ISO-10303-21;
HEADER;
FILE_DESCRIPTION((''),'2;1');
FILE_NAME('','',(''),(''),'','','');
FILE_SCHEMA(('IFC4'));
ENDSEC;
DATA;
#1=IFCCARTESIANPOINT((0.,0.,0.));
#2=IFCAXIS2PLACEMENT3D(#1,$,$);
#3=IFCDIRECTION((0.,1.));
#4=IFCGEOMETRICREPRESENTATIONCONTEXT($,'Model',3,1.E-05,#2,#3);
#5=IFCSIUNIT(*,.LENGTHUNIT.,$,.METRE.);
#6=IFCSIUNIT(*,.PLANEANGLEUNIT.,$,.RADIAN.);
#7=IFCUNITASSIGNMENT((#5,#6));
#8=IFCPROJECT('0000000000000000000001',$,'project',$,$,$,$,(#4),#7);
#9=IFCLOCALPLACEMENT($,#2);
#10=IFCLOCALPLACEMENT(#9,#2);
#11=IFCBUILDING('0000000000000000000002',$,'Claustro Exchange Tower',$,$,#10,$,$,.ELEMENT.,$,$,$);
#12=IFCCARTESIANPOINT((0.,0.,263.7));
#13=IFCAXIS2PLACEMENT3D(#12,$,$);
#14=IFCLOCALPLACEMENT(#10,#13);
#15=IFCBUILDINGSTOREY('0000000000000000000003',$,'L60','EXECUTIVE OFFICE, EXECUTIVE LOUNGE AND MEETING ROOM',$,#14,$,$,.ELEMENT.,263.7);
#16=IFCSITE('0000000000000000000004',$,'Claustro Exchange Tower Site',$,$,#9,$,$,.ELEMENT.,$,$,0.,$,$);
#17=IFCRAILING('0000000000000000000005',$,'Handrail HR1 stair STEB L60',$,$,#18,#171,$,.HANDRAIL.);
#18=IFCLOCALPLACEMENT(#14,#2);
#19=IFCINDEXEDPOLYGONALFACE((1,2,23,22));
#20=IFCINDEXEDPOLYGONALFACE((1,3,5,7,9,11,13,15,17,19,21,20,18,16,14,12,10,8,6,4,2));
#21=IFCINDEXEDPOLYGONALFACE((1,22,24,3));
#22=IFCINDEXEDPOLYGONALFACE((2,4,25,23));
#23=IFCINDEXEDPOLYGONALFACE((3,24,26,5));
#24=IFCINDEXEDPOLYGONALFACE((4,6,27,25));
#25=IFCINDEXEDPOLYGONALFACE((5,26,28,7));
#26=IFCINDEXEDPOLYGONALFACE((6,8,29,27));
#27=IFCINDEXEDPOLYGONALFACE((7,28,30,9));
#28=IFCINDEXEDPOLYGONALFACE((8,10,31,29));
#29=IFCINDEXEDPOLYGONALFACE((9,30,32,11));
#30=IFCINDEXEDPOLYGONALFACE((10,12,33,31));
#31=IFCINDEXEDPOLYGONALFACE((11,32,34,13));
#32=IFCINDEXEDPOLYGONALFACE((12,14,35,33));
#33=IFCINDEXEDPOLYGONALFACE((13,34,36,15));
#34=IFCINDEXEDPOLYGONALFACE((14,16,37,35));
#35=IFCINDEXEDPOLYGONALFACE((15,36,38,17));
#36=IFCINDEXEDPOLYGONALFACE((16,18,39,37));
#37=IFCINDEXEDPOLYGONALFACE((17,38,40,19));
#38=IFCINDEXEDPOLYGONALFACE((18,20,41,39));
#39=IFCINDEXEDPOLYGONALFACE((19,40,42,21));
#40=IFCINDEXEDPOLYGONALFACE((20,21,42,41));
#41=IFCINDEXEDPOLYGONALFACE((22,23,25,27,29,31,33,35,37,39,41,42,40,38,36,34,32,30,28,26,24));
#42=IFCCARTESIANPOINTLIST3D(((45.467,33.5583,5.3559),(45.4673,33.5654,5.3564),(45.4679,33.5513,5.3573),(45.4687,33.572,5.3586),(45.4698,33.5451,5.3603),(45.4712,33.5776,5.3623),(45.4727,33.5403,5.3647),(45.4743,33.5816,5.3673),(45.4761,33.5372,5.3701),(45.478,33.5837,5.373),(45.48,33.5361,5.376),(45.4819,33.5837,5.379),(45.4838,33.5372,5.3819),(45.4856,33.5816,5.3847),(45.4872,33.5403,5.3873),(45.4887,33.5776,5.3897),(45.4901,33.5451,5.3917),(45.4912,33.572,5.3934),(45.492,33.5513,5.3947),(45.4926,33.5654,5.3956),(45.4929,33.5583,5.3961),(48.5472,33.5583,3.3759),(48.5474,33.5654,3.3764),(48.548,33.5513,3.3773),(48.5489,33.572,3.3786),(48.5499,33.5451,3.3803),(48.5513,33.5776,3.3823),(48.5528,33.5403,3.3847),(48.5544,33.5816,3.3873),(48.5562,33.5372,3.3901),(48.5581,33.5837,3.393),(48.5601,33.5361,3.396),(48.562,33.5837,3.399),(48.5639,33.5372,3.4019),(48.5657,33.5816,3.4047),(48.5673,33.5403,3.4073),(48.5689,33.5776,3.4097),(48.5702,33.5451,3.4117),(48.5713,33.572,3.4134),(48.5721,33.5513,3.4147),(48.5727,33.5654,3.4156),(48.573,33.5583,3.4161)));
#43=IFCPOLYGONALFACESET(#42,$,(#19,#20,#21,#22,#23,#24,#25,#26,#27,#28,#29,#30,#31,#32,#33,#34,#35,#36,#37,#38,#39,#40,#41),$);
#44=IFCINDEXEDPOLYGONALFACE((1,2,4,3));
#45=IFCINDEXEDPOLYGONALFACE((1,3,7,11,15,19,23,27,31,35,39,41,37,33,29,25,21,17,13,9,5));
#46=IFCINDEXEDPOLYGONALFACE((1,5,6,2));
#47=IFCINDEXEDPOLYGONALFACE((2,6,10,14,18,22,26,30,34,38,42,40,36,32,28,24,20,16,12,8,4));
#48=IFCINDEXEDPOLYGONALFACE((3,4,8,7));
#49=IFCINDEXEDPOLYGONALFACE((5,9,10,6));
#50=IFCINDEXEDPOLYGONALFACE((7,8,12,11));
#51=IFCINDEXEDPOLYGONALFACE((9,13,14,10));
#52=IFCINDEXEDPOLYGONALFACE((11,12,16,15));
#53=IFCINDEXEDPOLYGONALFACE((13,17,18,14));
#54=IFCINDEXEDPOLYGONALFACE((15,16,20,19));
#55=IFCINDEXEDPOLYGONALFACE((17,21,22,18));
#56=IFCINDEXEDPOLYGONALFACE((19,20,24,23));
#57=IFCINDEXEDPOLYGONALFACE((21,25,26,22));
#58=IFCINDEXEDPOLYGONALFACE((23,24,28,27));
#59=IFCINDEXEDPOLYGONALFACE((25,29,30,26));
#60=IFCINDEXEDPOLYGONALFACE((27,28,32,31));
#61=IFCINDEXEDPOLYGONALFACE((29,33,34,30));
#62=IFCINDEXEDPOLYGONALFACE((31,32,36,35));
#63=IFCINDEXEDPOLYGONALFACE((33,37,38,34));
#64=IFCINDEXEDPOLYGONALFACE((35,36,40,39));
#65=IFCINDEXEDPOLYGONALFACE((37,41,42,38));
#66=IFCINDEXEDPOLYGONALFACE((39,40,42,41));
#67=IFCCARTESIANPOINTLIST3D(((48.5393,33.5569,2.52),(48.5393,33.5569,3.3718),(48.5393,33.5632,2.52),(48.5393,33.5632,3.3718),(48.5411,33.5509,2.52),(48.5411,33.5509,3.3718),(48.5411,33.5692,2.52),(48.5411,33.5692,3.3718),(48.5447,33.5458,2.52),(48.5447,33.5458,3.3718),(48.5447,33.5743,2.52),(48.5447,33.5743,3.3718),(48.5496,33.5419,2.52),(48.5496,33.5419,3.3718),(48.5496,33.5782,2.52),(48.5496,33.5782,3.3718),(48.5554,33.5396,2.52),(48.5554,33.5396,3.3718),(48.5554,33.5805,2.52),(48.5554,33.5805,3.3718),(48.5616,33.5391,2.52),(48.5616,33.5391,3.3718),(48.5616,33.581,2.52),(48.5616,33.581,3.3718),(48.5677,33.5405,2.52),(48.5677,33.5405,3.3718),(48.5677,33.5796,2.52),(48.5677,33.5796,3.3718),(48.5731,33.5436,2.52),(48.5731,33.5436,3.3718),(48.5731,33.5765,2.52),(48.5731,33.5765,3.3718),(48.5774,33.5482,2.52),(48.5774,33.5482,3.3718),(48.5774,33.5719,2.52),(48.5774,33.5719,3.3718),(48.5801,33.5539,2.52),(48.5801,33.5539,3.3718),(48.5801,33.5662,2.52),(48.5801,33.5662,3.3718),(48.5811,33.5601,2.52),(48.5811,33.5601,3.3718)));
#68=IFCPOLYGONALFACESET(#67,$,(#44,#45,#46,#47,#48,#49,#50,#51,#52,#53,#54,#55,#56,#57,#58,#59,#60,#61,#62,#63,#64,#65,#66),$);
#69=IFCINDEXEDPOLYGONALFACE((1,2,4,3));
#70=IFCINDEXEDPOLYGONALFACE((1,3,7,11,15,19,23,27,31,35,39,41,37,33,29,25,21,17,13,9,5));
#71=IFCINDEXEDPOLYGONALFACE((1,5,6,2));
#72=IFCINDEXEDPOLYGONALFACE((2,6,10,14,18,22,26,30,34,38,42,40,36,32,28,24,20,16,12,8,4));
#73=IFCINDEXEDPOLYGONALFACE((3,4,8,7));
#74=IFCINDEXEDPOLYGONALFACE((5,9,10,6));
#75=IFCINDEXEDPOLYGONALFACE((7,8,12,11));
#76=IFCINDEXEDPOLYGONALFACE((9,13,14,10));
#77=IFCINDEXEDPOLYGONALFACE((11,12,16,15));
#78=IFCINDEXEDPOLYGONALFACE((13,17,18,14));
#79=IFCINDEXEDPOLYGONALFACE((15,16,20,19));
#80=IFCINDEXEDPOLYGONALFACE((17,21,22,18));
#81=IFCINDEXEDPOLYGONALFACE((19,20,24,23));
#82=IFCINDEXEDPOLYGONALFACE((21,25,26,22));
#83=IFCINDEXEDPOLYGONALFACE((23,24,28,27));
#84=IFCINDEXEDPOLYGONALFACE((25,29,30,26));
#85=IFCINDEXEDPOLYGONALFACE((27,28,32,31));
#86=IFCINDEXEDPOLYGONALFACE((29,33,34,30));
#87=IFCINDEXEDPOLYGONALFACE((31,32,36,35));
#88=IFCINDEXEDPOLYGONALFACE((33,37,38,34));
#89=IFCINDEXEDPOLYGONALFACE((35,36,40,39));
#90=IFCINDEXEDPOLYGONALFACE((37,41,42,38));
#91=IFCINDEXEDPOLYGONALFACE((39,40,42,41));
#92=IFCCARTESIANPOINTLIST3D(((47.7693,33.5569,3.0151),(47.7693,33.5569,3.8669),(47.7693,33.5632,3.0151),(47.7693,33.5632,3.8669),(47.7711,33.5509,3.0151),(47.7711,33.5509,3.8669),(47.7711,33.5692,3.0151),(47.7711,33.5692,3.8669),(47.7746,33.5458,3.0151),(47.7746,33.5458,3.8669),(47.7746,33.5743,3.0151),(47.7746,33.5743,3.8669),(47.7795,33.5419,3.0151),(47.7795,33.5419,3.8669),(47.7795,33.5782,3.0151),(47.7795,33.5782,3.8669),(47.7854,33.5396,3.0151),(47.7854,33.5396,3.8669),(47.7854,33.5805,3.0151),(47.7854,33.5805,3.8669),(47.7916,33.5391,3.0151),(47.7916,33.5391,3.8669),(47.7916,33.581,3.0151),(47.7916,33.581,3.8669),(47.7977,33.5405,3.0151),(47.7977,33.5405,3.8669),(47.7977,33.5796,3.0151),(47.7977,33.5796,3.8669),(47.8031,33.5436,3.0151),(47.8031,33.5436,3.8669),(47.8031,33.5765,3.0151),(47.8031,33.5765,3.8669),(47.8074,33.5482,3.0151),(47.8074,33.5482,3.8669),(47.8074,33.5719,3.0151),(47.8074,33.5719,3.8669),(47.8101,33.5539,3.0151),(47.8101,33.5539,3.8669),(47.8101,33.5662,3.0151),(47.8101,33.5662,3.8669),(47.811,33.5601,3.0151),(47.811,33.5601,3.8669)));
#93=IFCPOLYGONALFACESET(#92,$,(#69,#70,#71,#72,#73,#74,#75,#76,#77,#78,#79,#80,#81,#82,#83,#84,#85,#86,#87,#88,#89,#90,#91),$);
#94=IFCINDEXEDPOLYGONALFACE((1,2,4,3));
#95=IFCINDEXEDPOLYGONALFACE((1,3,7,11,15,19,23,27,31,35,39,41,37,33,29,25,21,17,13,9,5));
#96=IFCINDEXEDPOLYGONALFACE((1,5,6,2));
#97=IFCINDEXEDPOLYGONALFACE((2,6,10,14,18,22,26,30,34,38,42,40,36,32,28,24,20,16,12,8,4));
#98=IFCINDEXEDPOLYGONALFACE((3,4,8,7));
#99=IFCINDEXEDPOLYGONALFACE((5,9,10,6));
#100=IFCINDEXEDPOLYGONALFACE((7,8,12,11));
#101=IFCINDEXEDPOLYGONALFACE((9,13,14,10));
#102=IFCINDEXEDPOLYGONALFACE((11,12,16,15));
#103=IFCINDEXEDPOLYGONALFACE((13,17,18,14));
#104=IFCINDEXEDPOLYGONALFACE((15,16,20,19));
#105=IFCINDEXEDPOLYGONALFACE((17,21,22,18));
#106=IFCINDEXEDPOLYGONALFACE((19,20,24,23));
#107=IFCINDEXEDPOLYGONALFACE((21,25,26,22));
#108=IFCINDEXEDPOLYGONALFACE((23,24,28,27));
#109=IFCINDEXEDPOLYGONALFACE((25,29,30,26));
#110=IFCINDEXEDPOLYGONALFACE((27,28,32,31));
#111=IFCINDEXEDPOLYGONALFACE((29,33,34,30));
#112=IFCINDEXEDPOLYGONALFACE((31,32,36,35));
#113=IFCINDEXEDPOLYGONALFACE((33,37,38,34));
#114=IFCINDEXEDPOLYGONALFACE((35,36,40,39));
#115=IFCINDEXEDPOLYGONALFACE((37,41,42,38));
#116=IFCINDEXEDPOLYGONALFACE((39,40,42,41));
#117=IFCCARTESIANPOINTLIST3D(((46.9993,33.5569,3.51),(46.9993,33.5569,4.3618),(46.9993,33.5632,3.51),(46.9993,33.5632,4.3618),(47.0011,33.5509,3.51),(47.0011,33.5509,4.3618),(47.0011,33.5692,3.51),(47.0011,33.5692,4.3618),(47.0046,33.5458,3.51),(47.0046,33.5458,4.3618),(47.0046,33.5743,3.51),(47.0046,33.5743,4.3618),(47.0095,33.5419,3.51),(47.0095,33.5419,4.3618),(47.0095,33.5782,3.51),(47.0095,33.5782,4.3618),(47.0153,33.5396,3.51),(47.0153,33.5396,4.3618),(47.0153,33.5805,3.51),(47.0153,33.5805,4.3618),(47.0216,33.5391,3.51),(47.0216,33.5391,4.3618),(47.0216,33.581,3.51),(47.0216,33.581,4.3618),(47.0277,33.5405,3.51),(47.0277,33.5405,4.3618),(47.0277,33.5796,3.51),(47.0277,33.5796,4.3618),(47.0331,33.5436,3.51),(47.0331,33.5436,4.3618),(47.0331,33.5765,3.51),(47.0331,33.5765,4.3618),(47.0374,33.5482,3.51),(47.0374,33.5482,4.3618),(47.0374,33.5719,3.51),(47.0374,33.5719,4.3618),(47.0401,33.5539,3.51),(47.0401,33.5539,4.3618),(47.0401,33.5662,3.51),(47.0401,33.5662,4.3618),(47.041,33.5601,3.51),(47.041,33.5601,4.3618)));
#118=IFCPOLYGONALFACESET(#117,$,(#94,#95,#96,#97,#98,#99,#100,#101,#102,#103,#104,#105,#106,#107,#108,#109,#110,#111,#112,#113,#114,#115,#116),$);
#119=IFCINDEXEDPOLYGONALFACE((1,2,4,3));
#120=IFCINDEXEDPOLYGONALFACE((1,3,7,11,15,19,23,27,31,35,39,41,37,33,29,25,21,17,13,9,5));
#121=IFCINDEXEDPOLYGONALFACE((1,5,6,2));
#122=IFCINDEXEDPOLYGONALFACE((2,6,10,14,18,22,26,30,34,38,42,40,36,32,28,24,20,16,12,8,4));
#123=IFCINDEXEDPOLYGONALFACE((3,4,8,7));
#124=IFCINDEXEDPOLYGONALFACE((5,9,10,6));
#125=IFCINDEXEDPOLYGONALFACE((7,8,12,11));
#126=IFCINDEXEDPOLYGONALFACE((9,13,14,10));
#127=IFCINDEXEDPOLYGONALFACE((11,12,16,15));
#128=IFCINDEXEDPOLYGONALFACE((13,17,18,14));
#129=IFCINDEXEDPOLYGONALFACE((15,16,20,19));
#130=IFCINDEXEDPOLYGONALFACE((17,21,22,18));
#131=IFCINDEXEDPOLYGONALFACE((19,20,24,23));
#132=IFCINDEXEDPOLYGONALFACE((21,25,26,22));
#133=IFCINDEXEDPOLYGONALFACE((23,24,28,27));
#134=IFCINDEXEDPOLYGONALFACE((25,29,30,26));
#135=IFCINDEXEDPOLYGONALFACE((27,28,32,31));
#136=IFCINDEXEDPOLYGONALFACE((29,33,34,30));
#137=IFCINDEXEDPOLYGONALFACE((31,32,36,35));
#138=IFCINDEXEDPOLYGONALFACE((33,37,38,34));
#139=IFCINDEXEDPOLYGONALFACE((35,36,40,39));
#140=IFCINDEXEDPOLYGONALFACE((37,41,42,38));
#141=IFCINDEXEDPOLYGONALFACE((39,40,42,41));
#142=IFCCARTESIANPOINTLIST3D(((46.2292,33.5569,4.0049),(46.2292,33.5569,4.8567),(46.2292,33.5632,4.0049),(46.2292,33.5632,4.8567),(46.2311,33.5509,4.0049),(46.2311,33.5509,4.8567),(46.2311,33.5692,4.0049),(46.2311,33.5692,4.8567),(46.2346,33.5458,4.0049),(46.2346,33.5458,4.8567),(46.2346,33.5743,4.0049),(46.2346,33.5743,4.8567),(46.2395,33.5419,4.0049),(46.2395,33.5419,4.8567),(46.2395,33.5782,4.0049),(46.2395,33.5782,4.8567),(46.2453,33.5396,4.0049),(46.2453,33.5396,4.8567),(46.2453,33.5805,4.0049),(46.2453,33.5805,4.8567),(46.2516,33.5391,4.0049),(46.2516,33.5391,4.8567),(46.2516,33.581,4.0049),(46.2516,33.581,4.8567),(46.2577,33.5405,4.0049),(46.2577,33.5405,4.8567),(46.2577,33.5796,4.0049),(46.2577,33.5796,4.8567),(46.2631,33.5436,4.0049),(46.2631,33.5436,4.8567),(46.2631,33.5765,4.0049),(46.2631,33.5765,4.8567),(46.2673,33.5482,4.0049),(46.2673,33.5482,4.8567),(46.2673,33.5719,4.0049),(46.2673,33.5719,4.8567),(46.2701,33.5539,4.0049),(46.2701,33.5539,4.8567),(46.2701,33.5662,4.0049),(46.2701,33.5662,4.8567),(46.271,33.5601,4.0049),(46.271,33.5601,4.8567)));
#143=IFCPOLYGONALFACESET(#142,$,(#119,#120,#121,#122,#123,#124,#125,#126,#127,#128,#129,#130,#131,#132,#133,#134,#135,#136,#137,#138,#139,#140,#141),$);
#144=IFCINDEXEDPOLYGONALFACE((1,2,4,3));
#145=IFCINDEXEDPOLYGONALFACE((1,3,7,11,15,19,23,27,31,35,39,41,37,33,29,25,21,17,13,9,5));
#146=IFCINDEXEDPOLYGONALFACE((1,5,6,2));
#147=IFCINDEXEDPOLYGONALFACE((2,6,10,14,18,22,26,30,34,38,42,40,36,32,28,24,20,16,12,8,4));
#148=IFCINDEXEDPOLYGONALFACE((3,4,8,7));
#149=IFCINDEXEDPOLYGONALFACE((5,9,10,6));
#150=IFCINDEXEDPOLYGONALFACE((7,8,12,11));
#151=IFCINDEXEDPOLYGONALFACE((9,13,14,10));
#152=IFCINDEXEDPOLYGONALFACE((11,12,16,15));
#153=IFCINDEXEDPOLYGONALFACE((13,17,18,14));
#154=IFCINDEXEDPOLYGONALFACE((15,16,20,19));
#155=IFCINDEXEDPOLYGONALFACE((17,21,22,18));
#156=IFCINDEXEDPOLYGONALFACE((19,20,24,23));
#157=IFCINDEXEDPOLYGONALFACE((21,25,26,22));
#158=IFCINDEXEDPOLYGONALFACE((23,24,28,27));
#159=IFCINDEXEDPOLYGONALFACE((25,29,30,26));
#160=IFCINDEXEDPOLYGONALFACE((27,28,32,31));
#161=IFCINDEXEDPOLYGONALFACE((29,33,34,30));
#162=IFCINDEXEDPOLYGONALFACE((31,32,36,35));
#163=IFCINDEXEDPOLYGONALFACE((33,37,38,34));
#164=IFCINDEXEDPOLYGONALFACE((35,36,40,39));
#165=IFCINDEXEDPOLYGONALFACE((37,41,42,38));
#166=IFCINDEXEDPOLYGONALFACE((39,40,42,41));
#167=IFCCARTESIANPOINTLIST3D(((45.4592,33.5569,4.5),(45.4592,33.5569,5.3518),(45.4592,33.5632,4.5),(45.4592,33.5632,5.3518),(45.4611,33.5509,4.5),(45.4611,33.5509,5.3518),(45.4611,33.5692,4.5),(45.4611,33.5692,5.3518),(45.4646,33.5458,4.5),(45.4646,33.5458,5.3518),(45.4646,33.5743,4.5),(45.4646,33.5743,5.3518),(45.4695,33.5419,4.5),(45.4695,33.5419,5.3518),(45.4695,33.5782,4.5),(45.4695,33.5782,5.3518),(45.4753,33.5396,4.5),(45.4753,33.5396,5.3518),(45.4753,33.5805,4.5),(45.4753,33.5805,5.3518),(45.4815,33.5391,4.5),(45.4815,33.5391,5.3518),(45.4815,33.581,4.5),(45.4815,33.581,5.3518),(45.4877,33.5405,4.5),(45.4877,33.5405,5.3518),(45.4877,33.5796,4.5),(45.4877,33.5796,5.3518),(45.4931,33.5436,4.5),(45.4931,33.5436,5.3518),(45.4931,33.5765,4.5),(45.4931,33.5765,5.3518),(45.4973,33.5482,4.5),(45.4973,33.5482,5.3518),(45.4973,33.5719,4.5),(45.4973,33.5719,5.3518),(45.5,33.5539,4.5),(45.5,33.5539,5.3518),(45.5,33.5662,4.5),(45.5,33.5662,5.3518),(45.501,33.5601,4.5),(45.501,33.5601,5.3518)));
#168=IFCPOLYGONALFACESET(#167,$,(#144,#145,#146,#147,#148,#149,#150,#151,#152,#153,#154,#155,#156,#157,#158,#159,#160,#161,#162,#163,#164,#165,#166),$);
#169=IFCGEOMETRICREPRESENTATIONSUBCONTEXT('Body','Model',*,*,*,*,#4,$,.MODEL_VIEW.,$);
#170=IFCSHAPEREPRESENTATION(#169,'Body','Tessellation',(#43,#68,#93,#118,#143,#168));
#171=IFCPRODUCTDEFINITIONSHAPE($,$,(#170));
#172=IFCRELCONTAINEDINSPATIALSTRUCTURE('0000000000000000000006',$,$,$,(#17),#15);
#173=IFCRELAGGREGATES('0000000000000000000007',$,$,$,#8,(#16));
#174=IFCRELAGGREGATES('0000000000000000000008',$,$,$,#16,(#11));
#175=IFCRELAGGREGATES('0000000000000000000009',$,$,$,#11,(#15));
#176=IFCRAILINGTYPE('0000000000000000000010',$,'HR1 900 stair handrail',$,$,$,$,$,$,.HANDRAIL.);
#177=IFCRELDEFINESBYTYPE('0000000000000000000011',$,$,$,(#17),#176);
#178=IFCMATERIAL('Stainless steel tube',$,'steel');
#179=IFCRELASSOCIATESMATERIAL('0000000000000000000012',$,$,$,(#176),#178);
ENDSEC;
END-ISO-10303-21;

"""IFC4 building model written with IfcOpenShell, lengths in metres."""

from ifc_helpers import new_model, si_unit, direction, frame, origin, origin_2d, place, context, subcontext, project, spatial, circle, extrude, material, type_object, element, save


model = new_model("IFC4")

# Units and contexts
model_context = context("Model", 3, precision=1e-05, world=origin(), true_north=direction((0.0, 1.0)))
body_context = subcontext(model_context, "Body", "Model", "MODEL_VIEW")
ifc_project = project(units=[si_unit("LENGTHUNIT", "METRE"), si_unit("PLANEANGLEUNIT", "RADIAN")], contexts=[model_context])

# Site, building, storey
site_placement = place(None, origin())
site = spatial("IfcSite", under=ifc_project, at=site_placement, Name="Claustro Exchange Tower Site", CompositionType="ELEMENT", RefElevation=0.0)
building_placement = place(site_placement, origin())
building = spatial("IfcBuilding", under=site, at=building_placement, Name="Claustro Exchange Tower", CompositionType="ELEMENT")
storey_placement = place(building_placement, frame((0.0, 0.0, 263.7)))
storey = spatial("IfcBuildingStorey", under=building, at=storey_placement, Name="L60", Description="EXECUTIVE OFFICE, EXECUTIVE LOUNGE AND MEETING ROOM", CompositionType="ELEMENT", Elevation=263.7)

# Railing
ifc_material_1 = material(Name="Stainless steel tube", Category="steel")
railing_type_1 = type_object("IfcRailingType", Name="HR1 900 stair handrail", PredefinedType="HANDRAIL", material=ifc_material_1)
railing_1_placement = place(storey_placement, frame((48.5601, 33.5601, 2.52)))
element("IfcRailing", 1, at=railing_1_placement, inside=storey, type_object=railing_type_1, Name="Handrail HR1 stair STEB L60", PredefinedType="HANDRAIL", context=body_context, shape_type="SweptSolid", body=[
    extrude(circle(Radius=0.0239, at=origin_2d()), frame((0.0, 0.0, 0.876), z_axis=(-0.841187, 0.0, 0.540744), x_axis=(0.0, -1.0, 0.0)), (0.0, 0.0, 1.0), 3.6616),
    extrude(circle(Radius=0.021, at=origin_2d()), origin(), (0.0, 0.0, 1.0), 0.8518),
    extrude(circle(Radius=0.021, at=origin_2d()), frame((-0.77, 0.0, 0.4951)), (0.0, 0.0, 1.0), 0.8518),
    extrude(circle(Radius=0.021, at=origin_2d()), frame((-1.54, 0.0, 0.99)), (0.0, 0.0, 1.0), 0.8518),
    extrude(circle(Radius=0.021, at=origin_2d()), frame((-2.3101, 0.0, 1.4849)), (0.0, 0.0, 1.0), 0.8518),
    extrude(circle(Radius=0.021, at=origin_2d()), frame((-3.0801, 0.0, 1.98)), (0.0, 0.0, 1.0), 0.8518),
])

save(model, "model.ifc")
